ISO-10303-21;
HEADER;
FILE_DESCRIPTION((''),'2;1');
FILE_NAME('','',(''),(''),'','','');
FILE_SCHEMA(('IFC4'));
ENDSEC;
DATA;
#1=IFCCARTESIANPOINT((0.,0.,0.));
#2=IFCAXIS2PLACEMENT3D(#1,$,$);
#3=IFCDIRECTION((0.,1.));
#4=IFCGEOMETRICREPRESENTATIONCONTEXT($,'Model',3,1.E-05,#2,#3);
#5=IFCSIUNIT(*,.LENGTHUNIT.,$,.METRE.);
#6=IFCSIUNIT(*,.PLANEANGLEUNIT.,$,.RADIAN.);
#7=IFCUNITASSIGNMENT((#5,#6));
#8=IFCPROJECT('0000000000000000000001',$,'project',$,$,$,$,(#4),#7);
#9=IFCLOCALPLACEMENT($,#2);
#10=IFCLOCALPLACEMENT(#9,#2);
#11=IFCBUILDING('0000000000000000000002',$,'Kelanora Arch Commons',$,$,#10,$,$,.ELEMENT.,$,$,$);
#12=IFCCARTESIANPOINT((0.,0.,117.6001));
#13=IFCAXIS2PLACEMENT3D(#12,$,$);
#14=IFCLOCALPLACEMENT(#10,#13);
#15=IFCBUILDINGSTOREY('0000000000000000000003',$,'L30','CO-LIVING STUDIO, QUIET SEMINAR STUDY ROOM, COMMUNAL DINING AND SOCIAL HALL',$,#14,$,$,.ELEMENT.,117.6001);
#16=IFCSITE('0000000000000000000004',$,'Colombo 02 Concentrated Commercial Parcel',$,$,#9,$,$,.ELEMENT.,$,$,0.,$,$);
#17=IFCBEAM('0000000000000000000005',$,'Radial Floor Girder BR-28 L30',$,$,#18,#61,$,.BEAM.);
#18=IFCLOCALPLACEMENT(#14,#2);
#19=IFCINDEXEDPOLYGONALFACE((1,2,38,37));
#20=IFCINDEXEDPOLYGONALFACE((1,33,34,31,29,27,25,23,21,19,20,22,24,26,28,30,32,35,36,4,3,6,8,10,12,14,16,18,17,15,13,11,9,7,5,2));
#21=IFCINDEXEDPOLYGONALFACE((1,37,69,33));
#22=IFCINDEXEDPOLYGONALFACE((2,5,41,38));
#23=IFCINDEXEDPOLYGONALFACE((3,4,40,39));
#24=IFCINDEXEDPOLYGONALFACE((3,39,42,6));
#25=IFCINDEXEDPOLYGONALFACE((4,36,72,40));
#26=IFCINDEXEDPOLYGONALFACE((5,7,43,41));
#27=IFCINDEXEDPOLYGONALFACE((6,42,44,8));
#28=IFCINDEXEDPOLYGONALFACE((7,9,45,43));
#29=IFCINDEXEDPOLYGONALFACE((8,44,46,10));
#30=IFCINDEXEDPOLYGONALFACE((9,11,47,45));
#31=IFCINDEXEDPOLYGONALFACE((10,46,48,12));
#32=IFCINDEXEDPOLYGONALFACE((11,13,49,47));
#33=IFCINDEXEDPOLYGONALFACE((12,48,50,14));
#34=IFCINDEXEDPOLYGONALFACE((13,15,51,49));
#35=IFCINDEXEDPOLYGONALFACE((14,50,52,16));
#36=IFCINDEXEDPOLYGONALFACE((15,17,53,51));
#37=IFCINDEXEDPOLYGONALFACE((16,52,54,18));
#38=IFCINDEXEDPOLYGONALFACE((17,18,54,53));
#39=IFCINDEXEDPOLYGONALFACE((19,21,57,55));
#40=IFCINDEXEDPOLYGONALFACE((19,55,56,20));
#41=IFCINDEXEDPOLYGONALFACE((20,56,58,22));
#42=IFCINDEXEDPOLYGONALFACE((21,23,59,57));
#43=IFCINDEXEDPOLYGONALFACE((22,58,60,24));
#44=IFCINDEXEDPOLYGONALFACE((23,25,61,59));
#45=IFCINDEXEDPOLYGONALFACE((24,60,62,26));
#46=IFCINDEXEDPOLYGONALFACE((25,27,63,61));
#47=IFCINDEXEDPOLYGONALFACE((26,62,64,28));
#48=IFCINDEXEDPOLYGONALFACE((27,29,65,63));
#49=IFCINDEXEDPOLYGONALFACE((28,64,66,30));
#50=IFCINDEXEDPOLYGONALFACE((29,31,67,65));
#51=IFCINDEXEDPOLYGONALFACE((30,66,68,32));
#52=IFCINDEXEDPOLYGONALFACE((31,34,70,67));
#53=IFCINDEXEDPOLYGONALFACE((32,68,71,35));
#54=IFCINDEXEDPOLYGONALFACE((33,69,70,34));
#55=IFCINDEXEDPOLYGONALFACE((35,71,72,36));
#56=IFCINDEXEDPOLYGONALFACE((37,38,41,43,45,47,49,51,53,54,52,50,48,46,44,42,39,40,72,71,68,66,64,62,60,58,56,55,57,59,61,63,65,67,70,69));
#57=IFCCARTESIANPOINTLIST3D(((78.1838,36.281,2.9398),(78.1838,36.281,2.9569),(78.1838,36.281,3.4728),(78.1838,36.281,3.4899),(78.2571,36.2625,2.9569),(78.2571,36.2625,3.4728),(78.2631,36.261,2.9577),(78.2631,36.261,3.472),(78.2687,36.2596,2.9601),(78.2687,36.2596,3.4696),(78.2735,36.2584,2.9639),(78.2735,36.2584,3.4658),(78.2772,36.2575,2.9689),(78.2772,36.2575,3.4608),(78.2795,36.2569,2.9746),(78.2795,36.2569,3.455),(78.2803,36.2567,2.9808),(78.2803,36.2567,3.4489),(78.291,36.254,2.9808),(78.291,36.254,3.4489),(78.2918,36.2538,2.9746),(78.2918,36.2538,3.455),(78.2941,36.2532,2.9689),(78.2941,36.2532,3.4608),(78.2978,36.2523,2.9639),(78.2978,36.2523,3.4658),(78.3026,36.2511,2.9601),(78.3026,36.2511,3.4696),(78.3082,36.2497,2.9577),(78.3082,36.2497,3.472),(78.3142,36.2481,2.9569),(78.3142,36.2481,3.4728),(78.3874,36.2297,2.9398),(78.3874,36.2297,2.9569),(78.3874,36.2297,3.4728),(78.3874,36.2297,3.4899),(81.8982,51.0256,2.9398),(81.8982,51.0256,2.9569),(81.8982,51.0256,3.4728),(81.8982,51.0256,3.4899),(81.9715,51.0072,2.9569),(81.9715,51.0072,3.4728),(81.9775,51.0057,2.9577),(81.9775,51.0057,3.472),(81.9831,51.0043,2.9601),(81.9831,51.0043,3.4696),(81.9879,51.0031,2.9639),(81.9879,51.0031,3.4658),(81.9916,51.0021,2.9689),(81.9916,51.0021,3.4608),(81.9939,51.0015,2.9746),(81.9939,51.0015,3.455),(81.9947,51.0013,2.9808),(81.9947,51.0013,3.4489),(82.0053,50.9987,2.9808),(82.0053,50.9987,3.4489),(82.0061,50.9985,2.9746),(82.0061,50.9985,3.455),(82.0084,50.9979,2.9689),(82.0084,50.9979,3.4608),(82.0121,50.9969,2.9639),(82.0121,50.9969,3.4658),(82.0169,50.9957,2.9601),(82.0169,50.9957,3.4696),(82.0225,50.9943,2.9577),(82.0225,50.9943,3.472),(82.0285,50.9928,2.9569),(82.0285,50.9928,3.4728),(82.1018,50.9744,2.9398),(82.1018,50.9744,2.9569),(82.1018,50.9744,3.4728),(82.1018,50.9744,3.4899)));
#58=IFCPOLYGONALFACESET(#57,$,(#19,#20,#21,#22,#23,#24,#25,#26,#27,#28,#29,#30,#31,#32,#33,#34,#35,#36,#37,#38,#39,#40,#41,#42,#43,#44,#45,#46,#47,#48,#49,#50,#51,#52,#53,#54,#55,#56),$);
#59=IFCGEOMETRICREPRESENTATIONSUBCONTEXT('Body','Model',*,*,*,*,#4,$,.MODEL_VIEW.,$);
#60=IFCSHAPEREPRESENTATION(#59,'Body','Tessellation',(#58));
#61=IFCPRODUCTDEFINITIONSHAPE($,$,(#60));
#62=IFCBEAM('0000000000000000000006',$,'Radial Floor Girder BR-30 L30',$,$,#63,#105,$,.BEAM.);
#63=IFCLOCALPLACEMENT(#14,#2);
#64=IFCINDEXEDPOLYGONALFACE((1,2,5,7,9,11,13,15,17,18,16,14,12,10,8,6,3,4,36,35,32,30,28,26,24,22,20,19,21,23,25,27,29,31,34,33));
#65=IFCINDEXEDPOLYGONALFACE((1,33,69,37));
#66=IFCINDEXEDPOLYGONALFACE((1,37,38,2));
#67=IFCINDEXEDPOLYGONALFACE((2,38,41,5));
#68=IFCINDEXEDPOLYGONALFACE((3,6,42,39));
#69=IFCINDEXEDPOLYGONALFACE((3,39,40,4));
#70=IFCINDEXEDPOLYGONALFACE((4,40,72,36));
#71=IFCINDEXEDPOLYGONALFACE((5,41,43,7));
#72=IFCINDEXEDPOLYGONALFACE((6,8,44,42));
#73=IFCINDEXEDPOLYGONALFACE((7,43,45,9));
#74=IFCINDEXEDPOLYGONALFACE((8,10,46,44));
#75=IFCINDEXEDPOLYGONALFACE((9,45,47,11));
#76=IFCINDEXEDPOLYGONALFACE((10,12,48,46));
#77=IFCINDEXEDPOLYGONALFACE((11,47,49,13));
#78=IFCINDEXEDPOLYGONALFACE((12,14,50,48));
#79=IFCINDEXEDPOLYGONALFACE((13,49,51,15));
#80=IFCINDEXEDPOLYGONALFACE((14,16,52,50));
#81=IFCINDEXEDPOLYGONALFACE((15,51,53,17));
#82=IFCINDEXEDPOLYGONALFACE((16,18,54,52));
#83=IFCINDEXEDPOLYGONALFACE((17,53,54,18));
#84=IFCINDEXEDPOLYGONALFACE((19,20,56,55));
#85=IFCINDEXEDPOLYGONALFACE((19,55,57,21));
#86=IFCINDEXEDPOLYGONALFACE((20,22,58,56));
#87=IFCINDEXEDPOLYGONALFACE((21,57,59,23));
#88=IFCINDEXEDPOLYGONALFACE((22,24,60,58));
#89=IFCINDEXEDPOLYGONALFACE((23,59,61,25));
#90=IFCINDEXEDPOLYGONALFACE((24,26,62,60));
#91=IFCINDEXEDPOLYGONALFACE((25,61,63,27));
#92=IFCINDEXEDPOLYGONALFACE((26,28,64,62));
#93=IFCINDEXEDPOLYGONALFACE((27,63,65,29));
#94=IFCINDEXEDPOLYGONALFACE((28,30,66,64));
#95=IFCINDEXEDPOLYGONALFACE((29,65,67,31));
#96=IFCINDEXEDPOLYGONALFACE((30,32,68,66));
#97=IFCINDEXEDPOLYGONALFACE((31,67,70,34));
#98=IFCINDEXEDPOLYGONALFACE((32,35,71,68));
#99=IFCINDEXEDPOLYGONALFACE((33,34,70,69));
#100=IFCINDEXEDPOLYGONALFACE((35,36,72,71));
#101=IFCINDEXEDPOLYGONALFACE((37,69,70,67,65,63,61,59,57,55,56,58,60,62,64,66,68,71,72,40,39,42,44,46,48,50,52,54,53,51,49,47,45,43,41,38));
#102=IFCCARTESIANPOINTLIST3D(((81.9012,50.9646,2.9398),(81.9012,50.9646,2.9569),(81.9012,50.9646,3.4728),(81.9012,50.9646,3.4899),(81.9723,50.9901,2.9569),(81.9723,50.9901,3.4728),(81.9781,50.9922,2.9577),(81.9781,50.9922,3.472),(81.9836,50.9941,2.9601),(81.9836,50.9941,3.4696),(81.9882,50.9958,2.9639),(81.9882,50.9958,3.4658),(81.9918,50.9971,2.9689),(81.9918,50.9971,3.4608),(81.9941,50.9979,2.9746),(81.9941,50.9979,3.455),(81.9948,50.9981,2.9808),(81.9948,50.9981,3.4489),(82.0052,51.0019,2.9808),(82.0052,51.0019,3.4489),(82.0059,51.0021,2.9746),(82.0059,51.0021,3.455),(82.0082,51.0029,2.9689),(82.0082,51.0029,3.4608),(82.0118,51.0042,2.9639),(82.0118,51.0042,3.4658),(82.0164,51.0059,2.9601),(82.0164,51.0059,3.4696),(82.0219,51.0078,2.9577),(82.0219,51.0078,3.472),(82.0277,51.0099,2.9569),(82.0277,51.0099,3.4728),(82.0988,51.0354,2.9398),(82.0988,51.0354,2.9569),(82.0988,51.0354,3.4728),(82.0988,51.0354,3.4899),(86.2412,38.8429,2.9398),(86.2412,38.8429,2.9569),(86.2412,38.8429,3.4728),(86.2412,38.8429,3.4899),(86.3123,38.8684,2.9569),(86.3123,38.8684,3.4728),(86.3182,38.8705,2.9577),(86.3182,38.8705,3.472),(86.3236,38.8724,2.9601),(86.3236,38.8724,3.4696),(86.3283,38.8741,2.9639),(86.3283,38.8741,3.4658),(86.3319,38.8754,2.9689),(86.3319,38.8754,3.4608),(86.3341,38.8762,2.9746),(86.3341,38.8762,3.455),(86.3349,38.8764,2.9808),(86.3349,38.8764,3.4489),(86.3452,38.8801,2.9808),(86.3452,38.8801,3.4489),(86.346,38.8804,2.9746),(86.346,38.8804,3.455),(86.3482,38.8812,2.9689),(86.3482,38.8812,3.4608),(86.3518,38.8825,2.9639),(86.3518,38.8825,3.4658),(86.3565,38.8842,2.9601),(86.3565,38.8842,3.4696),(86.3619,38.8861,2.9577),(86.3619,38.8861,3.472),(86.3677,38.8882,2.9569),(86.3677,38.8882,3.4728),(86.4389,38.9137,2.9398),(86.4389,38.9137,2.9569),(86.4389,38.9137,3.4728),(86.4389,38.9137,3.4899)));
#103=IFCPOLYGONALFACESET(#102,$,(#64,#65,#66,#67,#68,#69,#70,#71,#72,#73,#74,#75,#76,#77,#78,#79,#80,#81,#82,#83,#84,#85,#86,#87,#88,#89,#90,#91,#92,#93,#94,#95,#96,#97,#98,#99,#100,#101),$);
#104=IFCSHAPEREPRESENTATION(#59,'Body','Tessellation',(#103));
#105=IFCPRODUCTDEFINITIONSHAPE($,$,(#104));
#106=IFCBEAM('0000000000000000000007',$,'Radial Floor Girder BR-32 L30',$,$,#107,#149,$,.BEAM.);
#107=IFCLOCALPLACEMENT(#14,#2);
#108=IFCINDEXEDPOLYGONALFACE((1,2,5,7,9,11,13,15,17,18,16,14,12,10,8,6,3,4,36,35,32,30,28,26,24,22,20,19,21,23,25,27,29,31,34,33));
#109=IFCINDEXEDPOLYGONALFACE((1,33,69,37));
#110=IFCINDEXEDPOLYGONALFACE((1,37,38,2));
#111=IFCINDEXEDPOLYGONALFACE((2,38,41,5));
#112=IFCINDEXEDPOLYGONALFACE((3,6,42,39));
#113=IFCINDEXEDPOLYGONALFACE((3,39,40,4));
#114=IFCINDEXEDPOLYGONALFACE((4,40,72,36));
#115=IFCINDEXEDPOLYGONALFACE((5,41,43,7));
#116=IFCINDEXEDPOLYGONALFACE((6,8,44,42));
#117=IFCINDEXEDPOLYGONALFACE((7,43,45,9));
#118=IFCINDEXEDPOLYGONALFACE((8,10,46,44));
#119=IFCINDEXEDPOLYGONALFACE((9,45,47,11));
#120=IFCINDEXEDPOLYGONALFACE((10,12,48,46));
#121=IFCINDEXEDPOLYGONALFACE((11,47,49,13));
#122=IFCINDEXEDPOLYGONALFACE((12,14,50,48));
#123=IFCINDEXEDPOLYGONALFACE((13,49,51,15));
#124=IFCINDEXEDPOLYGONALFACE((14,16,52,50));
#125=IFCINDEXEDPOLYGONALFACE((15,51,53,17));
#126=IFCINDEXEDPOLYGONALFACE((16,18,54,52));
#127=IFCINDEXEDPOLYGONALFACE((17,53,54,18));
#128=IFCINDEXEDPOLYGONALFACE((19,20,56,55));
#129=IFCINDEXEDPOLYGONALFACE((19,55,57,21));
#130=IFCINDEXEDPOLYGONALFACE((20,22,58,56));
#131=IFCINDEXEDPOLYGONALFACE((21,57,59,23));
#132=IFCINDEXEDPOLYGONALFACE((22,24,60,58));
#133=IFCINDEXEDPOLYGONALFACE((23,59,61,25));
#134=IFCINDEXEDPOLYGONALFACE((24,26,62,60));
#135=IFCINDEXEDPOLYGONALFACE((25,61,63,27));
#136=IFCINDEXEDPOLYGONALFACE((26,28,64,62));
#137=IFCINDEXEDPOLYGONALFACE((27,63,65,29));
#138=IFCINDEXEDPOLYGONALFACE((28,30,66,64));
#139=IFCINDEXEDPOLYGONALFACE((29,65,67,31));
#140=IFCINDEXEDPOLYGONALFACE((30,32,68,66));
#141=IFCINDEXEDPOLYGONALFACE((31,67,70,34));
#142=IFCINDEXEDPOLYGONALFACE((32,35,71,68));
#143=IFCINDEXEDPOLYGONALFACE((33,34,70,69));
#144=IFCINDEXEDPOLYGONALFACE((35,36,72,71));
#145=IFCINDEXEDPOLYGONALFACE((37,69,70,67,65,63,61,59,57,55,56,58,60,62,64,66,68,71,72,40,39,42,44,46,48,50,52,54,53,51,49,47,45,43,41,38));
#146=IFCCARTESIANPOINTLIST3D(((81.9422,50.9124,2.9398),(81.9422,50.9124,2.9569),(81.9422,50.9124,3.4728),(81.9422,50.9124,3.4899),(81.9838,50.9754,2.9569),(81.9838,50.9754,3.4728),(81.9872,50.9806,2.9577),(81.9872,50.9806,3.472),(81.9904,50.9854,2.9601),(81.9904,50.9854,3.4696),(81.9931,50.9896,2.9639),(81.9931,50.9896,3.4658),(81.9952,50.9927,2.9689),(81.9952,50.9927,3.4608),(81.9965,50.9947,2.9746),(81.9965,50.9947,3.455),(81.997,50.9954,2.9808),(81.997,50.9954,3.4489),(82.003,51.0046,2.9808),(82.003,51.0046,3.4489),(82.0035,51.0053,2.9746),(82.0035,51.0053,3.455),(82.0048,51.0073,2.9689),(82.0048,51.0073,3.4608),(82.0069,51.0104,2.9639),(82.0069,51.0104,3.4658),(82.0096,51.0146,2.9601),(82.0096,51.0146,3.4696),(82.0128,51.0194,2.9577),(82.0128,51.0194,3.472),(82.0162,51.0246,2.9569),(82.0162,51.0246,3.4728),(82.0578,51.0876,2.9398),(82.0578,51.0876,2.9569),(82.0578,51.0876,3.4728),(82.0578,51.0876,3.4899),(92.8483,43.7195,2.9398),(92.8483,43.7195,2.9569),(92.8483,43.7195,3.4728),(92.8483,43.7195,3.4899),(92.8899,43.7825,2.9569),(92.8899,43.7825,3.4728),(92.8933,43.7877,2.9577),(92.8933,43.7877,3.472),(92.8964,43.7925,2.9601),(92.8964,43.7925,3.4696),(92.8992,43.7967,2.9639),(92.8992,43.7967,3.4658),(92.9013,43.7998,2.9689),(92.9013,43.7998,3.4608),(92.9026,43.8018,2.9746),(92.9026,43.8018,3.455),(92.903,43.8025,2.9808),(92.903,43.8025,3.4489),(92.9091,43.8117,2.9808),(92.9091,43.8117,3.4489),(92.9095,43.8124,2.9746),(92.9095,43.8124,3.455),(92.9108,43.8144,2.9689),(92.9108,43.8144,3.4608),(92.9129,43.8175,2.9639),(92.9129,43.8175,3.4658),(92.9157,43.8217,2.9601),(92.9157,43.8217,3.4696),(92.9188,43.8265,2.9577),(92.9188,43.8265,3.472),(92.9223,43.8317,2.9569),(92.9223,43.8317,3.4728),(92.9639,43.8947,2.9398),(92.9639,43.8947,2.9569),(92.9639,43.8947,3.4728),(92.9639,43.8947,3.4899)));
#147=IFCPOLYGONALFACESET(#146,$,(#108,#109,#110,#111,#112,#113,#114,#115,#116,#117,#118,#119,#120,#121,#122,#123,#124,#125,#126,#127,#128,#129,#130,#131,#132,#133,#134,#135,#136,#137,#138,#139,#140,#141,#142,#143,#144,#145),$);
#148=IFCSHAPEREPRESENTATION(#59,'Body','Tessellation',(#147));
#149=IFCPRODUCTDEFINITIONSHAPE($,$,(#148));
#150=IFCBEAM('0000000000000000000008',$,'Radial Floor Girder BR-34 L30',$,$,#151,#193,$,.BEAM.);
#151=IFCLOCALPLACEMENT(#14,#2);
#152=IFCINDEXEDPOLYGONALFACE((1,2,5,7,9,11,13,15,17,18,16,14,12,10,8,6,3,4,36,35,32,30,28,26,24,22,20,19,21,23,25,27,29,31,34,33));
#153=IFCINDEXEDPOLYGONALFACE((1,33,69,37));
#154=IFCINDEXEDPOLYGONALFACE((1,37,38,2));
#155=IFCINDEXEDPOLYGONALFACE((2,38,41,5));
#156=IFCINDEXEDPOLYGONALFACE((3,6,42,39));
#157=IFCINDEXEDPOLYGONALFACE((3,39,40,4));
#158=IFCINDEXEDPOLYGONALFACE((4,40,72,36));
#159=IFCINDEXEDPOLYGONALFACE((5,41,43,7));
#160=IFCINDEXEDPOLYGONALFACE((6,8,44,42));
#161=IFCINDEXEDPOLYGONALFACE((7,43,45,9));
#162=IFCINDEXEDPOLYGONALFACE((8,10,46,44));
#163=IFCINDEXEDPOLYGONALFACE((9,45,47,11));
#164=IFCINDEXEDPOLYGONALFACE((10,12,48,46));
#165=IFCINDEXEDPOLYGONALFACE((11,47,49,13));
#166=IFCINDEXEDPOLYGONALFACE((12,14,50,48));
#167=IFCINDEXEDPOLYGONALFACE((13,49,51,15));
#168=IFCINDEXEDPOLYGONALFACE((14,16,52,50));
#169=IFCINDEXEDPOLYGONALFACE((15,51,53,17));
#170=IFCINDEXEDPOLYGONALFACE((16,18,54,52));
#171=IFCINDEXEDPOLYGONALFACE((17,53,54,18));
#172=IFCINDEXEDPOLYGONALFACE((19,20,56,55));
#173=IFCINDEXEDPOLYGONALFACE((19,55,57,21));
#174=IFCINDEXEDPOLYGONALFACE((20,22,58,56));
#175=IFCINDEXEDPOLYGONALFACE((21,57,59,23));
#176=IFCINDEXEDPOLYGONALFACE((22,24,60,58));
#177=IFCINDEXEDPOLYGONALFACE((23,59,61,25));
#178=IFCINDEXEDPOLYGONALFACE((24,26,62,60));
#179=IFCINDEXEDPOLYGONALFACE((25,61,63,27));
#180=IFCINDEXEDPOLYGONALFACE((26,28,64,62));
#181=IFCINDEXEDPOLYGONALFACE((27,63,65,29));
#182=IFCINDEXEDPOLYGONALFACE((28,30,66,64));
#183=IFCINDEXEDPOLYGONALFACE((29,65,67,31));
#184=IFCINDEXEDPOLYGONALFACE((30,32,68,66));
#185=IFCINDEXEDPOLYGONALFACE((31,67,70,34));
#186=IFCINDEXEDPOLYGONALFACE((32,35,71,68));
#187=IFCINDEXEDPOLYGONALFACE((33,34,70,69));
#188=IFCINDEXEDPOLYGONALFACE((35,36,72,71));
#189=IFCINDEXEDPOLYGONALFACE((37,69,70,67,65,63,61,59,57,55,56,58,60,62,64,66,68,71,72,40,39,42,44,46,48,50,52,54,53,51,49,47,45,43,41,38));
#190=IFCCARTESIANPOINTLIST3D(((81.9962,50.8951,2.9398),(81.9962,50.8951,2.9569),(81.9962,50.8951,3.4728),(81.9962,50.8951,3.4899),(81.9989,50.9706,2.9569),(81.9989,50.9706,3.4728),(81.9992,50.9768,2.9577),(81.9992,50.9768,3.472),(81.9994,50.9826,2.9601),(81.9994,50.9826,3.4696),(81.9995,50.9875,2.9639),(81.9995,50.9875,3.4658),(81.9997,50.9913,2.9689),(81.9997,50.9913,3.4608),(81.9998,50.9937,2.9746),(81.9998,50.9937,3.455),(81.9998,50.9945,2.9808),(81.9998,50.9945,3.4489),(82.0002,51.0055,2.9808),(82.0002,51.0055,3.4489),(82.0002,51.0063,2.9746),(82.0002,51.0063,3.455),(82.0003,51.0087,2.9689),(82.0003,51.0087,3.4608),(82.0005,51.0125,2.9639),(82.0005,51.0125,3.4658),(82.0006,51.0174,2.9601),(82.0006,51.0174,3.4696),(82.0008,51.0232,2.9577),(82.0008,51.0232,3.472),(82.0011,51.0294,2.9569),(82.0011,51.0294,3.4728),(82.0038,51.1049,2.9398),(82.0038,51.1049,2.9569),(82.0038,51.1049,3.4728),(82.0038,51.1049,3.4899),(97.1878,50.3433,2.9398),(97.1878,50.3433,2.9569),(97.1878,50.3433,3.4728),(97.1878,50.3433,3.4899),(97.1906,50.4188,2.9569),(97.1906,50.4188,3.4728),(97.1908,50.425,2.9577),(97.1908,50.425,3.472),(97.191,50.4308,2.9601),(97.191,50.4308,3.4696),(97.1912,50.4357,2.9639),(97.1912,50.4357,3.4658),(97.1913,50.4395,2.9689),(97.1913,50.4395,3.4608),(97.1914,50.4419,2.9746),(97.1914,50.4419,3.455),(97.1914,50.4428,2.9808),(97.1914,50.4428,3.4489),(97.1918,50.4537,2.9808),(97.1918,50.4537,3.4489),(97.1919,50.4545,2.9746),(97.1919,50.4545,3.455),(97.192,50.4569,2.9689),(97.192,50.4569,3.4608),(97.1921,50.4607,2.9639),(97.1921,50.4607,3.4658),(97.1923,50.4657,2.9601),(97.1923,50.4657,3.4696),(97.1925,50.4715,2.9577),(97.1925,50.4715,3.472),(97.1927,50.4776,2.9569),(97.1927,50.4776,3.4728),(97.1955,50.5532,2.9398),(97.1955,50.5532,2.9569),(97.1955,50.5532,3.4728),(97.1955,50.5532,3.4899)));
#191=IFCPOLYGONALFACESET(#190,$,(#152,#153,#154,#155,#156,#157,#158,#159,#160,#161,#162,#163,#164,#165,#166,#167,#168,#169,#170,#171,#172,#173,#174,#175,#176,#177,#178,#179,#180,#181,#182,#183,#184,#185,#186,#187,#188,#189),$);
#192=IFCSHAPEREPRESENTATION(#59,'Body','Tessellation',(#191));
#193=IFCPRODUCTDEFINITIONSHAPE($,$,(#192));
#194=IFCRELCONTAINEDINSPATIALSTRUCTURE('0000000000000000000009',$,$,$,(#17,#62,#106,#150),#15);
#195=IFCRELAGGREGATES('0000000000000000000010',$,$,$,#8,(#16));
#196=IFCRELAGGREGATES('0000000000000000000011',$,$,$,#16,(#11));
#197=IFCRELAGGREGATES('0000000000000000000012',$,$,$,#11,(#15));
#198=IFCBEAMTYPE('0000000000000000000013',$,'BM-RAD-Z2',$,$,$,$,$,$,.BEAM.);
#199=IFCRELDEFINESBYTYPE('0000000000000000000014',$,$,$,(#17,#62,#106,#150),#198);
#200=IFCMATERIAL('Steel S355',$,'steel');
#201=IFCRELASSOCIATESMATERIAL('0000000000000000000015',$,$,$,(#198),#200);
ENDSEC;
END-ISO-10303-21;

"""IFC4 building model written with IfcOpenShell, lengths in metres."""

from ifc_helpers import new_model, si_unit, direction, frame, origin, origin_2d, place, context, subcontext, project, spatial, i_section, extrude, material, material_profile, profile_set, type_object, element, save


model = new_model("IFC4")

# Units and contexts
model_context = context("Model", 3, precision=1e-05, world=origin(), true_north=direction((0.0, 1.0)))
body_context = subcontext(model_context, "Body", "Model", "MODEL_VIEW")
ifc_project = project(units=[si_unit("LENGTHUNIT", "METRE"), si_unit("PLANEANGLEUNIT", "RADIAN")], contexts=[model_context])

# Site, building, storey
site_placement = place(None, origin())
site = spatial("IfcSite", under=ifc_project, at=site_placement, Name="Colombo 02 Concentrated Commercial Parcel", CompositionType="ELEMENT", RefElevation=0.0)
building_placement = place(site_placement, origin())
building = spatial("IfcBuilding", under=site, at=building_placement, Name="Kelanora Arch Commons", CompositionType="ELEMENT")
storey_placement = place(building_placement, frame((0.0, 0.0, 117.6001)))
storey = spatial("IfcBuildingStorey", under=building, at=storey_placement, Name="L30", Description="CO-LIVING STUDIO, QUIET SEMINAR STUDY ROOM, COMMUNAL DINING AND SOCIAL HALL", CompositionType="ELEMENT", Elevation=117.6001)

# Beams
ifc_material_1 = material(Name="Steel S355", Category="steel")
ifc_material_profile_1 = material_profile(ifc_material_1, i_section(OverallWidth=0.21, OverallDepth=0.55, WebThickness=0.011, FlangeThickness=0.0171, FilletRadius=0.0239, at=origin_2d()), Name="IPE550")
ifc_profile_set_1 = profile_set([ifc_material_profile_1], Name="Steel S355")
beam_type_1 = type_object("IfcBeamType", Name="BM-RAD-Z2", PredefinedType="BEAM", material=ifc_profile_set_1)
beam_1_placement = place(storey_placement, frame((82.0, 51.0, 3.2148), z_axis=(-0.244281, -0.969705, 0.0), x_axis=(0.969705, -0.244281, 0.0)))
element("IfcBeam", 1, at=beam_1_placement, inside=storey, type_object=beam_type_1, Name="Radial Floor Girder BR-28 L30", PredefinedType="BEAM", context=body_context, shape_type="SweptSolid", body=[
    extrude(i_section(OverallWidth=0.21, OverallDepth=0.55, WebThickness=0.011, FlangeThickness=0.0171, FilletRadius=0.0239, at=origin_2d()), origin(), (0.0, 0.0, 1.0), 15.2053),
])
beam_2_placement = place(storey_placement, frame((82.0, 51.0, 3.2148), z_axis=(0.337085, -0.941474, 0.0), x_axis=(0.941474, 0.337085, 0.0)))
element("IfcBeam", 2, at=beam_2_placement, inside=storey, type_object=beam_type_1, Name="Radial Floor Girder BR-30 L30", PredefinedType="BEAM", context=body_context, shape_type="SweptSolid", body=[
    extrude(i_section(OverallWidth=0.21, OverallDepth=0.55, WebThickness=0.011, FlangeThickness=0.0171, FilletRadius=0.0239, at=origin_2d()), origin(), (0.0, 0.0, 1.0), 12.8752),
])
beam_3_placement = place(storey_placement, frame((82.0, 51.0, 3.2148), z_axis=(0.834789, -0.550571, 0.0), x_axis=(0.550571, 0.834789, 0.0)))
element("IfcBeam", 3, at=beam_3_placement, inside=storey, type_object=beam_type_1, Name="Radial Floor Girder BR-32 L30", PredefinedType="BEAM", context=body_context, shape_type="SweptSolid", body=[
    extrude(i_section(OverallWidth=0.21, OverallDepth=0.55, WebThickness=0.011, FlangeThickness=0.0171, FilletRadius=0.0239, at=origin_2d()), origin(), (0.0, 0.0, 1.0), 13.0645),
])
beam_4_placement = place(storey_placement, frame((82.0, 51.0, 3.2148), z_axis=(0.999341, -0.036296, 0.0), x_axis=(0.036296, 0.999341, 0.0)))
element("IfcBeam", 4, at=beam_4_placement, inside=storey, type_object=beam_type_1, Name="Radial Floor Girder BR-34 L30", PredefinedType="BEAM", context=body_context, shape_type="SweptSolid", body=[
    extrude(i_section(OverallWidth=0.21, OverallDepth=0.55, WebThickness=0.011, FlangeThickness=0.0171, FilletRadius=0.0239, at=origin_2d()), origin(), (0.0, 0.0, 1.0), 15.2017),
])

save(model, "model.ifc")
